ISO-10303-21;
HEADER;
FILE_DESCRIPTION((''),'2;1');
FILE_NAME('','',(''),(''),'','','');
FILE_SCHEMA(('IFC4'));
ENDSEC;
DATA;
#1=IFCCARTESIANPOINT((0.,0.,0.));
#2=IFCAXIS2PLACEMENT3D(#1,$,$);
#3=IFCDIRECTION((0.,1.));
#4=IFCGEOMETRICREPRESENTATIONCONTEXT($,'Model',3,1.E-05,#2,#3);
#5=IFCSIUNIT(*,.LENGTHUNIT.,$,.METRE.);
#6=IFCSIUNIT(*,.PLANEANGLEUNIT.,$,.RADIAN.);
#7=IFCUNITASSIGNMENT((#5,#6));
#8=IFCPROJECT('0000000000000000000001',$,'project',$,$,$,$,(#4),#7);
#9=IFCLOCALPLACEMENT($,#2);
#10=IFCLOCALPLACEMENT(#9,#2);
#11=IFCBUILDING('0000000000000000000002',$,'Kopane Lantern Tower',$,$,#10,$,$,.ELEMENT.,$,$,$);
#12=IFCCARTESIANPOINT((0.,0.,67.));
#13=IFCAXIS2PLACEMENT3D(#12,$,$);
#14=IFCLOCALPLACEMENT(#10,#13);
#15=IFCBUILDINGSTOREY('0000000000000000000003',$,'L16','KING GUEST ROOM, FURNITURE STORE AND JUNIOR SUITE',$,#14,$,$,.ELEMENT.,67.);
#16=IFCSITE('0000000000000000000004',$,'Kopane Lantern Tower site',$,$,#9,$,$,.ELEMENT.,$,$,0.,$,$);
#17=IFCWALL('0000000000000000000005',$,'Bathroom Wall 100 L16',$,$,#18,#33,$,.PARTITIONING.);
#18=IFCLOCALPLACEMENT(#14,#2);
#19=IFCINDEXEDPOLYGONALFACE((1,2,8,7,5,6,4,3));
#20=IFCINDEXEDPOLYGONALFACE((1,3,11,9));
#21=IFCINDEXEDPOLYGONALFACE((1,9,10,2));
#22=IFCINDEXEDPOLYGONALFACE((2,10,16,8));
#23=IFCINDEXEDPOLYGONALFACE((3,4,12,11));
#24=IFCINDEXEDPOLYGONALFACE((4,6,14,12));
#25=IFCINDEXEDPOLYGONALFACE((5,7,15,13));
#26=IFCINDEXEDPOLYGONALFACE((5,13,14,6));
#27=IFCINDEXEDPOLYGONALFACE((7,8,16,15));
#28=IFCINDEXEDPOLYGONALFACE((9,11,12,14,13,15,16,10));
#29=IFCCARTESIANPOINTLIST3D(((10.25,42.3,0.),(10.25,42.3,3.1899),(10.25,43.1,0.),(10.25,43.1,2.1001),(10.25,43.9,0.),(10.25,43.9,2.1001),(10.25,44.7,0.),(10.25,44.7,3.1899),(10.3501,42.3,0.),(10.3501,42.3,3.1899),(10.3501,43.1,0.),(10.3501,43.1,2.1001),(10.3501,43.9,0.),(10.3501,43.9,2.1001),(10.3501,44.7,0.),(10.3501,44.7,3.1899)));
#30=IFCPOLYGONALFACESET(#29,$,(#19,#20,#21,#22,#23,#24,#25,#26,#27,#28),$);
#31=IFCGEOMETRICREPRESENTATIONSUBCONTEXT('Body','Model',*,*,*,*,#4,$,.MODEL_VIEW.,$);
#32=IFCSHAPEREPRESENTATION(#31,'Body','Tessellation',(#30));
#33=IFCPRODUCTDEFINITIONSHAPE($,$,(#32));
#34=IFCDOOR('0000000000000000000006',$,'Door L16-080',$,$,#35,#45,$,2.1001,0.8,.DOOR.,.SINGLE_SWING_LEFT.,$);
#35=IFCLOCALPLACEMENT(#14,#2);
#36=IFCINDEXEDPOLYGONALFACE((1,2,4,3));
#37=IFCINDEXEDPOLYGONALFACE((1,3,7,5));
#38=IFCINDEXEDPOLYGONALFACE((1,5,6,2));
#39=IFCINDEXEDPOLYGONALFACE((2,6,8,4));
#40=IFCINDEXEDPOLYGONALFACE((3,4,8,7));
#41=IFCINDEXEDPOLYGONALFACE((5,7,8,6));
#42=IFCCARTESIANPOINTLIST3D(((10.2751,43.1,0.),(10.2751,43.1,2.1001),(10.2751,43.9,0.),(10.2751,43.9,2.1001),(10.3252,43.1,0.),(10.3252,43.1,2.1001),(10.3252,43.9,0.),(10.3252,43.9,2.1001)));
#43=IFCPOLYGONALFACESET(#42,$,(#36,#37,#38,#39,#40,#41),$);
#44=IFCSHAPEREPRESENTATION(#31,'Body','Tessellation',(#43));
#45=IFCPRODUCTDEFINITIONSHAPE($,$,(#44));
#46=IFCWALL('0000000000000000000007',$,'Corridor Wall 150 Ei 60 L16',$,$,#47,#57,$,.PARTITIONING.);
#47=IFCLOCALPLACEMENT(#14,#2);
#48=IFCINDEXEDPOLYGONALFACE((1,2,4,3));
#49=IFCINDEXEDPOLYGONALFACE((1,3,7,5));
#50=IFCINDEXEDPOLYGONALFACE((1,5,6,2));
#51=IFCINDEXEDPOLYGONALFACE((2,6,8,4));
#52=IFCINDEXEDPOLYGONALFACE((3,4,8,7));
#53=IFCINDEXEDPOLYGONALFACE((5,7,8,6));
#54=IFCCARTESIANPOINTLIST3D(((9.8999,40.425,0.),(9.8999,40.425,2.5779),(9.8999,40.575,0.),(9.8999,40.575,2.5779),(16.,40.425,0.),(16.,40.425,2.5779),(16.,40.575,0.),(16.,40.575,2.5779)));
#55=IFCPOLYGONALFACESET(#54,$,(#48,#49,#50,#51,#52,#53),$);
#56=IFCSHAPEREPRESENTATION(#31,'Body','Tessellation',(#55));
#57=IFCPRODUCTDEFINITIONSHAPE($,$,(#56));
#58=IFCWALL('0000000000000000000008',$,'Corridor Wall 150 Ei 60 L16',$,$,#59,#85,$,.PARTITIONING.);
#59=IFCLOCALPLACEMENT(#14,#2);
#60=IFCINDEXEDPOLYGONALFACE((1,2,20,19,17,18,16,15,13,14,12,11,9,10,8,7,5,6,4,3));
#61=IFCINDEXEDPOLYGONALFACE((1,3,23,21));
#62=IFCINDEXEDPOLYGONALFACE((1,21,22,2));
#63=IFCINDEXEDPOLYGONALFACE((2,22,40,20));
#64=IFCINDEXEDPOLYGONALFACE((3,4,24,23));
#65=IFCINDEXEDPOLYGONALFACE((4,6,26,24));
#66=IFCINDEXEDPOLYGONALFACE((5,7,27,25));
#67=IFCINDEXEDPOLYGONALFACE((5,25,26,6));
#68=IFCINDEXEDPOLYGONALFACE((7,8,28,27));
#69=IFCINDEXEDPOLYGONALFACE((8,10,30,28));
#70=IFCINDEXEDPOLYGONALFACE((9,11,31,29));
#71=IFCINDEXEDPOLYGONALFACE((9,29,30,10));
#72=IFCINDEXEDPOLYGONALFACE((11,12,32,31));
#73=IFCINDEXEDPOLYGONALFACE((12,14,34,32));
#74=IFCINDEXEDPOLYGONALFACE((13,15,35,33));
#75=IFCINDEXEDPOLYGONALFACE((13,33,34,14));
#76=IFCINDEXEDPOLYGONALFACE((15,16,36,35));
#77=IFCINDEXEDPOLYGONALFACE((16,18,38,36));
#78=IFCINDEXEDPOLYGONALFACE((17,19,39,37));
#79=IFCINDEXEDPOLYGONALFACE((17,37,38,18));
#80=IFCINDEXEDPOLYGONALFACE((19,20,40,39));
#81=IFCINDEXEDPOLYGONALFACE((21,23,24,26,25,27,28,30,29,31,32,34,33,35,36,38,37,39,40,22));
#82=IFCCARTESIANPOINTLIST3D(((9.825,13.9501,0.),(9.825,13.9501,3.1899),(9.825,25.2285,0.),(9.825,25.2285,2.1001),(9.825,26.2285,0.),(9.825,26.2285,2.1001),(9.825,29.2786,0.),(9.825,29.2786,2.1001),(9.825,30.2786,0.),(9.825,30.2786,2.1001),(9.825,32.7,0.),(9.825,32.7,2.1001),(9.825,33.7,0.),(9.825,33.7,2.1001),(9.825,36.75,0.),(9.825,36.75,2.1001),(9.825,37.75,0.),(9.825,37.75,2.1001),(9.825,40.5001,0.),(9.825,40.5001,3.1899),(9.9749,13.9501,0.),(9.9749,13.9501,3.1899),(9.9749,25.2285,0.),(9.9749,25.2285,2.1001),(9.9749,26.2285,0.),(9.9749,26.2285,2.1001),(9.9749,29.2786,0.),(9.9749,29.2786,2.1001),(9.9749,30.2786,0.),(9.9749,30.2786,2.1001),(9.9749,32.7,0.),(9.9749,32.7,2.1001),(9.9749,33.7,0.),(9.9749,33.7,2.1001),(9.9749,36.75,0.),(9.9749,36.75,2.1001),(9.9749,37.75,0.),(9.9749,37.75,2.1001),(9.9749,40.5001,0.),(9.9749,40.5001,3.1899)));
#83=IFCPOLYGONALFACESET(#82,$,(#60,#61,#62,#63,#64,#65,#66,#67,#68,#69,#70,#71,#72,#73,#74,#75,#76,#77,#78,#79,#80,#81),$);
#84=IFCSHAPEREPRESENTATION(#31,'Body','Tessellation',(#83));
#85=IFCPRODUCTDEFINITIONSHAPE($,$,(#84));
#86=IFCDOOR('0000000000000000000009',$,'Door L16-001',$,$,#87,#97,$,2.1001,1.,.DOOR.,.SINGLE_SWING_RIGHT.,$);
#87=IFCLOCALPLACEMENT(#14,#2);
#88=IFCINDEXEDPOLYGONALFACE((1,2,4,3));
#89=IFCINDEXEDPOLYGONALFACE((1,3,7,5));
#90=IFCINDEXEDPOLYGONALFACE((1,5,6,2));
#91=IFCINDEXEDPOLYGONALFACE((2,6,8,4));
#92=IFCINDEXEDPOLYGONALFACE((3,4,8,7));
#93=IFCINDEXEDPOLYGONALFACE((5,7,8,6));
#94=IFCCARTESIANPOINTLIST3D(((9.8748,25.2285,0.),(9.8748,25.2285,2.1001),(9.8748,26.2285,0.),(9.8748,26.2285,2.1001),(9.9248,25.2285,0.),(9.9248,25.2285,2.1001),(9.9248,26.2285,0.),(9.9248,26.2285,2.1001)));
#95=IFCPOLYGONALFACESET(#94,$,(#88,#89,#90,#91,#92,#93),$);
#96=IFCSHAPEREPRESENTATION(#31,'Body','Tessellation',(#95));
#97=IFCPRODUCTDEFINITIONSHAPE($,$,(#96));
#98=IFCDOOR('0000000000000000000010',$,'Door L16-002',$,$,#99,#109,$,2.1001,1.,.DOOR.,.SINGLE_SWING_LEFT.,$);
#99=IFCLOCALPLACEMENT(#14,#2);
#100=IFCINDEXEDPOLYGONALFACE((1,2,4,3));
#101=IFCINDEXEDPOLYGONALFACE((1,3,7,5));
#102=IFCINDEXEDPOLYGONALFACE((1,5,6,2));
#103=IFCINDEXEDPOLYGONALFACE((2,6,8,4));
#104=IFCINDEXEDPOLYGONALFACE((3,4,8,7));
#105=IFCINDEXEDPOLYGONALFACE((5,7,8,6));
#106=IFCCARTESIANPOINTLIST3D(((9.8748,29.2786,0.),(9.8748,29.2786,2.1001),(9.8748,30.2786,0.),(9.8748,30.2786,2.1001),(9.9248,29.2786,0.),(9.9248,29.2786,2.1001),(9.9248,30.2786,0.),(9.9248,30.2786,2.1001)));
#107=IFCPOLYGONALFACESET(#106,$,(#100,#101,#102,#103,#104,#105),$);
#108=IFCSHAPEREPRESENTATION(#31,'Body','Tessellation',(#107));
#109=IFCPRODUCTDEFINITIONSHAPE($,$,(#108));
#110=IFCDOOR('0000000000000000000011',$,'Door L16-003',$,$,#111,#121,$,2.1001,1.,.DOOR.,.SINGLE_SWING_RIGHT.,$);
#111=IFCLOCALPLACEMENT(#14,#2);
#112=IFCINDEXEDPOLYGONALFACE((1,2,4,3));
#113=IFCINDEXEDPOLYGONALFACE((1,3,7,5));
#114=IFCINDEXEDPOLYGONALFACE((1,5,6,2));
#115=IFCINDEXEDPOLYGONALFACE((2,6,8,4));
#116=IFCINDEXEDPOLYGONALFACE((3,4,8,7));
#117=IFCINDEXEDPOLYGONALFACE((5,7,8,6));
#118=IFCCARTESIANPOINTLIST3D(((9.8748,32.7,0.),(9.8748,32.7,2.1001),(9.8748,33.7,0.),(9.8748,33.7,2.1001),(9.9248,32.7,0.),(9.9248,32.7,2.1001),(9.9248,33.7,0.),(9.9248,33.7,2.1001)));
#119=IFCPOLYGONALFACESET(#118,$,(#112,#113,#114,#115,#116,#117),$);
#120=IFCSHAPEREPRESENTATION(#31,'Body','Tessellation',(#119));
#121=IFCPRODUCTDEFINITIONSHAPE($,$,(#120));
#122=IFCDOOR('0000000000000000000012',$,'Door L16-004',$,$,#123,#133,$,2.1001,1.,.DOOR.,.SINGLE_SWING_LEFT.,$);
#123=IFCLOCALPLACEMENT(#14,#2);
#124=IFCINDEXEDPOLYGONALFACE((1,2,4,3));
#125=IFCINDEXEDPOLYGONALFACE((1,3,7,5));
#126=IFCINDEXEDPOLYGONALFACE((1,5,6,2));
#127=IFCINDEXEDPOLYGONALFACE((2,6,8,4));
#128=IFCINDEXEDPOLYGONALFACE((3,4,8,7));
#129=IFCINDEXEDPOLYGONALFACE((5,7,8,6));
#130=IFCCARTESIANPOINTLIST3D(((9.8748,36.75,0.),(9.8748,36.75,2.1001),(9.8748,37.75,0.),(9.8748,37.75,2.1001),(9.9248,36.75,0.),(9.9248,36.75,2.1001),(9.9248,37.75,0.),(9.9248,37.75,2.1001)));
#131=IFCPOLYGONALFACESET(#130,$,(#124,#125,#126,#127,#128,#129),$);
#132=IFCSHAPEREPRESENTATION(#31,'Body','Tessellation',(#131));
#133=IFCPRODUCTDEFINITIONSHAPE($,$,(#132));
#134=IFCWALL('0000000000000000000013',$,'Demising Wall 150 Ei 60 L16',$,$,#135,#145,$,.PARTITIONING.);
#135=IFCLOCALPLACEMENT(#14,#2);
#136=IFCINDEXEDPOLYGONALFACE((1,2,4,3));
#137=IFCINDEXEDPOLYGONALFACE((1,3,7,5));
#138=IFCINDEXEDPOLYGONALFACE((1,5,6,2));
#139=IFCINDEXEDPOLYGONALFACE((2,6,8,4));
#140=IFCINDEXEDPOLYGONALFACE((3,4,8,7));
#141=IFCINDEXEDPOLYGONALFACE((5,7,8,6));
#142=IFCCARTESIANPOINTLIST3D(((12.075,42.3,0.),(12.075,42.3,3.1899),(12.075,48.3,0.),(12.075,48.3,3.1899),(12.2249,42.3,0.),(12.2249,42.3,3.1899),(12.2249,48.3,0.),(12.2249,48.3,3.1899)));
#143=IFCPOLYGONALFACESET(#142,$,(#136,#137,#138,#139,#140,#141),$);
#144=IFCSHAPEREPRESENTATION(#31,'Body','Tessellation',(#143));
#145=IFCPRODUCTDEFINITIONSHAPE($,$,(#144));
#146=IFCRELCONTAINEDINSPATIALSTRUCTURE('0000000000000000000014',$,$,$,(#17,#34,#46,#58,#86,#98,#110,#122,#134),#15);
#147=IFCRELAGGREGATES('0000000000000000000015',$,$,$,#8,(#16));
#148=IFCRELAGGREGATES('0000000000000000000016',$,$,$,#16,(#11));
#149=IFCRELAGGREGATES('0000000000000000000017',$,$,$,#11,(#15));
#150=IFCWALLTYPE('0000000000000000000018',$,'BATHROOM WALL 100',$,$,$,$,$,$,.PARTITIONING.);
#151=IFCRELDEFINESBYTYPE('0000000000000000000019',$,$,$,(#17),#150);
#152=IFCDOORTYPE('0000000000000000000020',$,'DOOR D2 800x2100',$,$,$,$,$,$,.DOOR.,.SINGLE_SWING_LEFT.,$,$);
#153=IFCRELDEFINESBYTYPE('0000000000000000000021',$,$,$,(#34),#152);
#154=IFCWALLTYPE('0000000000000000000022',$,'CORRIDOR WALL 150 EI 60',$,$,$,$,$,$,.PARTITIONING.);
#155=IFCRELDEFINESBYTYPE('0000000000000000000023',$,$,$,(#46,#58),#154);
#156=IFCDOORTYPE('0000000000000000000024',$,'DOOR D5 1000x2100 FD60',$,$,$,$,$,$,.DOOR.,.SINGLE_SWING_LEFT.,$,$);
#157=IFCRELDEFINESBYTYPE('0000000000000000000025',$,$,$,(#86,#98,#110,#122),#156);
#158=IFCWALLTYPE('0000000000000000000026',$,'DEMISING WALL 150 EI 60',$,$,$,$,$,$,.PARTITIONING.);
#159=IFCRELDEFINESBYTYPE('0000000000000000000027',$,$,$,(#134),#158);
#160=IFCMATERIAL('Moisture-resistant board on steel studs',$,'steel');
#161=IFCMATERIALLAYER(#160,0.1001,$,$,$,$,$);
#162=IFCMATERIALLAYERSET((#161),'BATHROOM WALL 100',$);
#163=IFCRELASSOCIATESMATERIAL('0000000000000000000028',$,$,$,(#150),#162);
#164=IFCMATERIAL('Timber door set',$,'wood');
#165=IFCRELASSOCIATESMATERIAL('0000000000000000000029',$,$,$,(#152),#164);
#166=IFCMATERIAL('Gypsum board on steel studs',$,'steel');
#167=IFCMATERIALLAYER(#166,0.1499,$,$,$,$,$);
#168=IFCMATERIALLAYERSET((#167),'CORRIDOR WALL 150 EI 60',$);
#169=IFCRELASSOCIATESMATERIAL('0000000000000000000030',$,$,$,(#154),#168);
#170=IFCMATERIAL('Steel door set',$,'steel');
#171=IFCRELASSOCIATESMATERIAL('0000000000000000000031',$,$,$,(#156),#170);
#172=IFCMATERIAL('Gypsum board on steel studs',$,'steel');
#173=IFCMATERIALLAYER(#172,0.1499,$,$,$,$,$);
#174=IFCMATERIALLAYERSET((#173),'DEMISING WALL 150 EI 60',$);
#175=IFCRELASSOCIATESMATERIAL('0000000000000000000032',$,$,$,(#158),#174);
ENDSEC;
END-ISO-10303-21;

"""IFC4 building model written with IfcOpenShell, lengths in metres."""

from ifc_helpers import new_model, si_unit, direction, frame, frame_2d, origin, place, context, subcontext, project, spatial, rectangle, extrude, material, layer, layer_set, type_object, element, fill, save


model = new_model("IFC4")

# Units and contexts
model_context = context("Model", 3, precision=1e-05, world=origin(), true_north=direction((0.0, 1.0)))
body_context = subcontext(model_context, "Body", "Model", "MODEL_VIEW")
ifc_project = project(units=[si_unit("LENGTHUNIT", "METRE"), si_unit("PLANEANGLEUNIT", "RADIAN")], contexts=[model_context])

# Site, building, storey
site_placement = place(None, origin())
site = spatial("IfcSite", under=ifc_project, at=site_placement, Name="Kopane Lantern Tower site", CompositionType="ELEMENT", RefElevation=0.0)
building_placement = place(site_placement, origin())
building = spatial("IfcBuilding", under=site, at=building_placement, Name="Kopane Lantern Tower", CompositionType="ELEMENT")
storey_placement = place(building_placement, frame((0.0, 0.0, 67.0)))
storey = spatial("IfcBuildingStorey", under=building, at=storey_placement, Name="L16", Description="KING GUEST ROOM, FURNITURE STORE AND JUNIOR SUITE", CompositionType="ELEMENT", Elevation=67.0)

# Shared definitions
ifc_material_1 = material(Name="Moisture-resistant board on steel studs", Category="steel")
ifc_layer_1 = layer(ifc_material_1, 0.1001)
ifc_layer_set_1 = layer_set([ifc_layer_1], Name="BATHROOM WALL 100")
wall_type_1 = type_object("IfcWallType", Name="BATHROOM WALL 100", PredefinedType="PARTITIONING", material=ifc_layer_set_1)
ifc_material_2 = material(Name="Timber door set", Category="wood")
door_type_1 = type_object("IfcDoorType", Name="DOOR D2 800x2100", OperationType="SINGLE_SWING_LEFT", PredefinedType="DOOR", material=ifc_material_2)

# Wall, opening, door
wall_1_placement = place(storey_placement, frame((10.3, 42.3, 0.0), z_axis=(0.0, 0.0, 1.0), x_axis=(0.0, 1.0, 0.0)))
wall_1 = element("IfcWall", 1, at=wall_1_placement, inside=storey, type_object=wall_type_1, Name="Bathroom Wall 100 L16", PredefinedType="PARTITIONING", context=body_context, shape_type="SweptSolid", body=[
    extrude(rectangle(XDim=2.3999, YDim=0.1001, at=frame_2d((1.2, 0.0))), origin(), (0.0, 0.0, 1.0), 3.1899),
])
opening_1_placement = place(wall_1_placement, frame((0.8, 0.0, 0.0)))
opening_1 = element("IfcOpeningElement", 2, at=opening_1_placement, cuts=wall_1, PredefinedType="OPENING", context=body_context, shape_type="SweptSolid", body=[
    extrude(rectangle(XDim=0.8, YDim=2.1001, at=frame_2d((0.3999, 1.05))), frame((0.0, 0.0601, 0.0), z_axis=(0.0, -1.0, 0.0), x_axis=(1.0, 0.0, 0.0)), (0.0, 0.0, 1.0), 0.1201),
])
door_1_placement = place(opening_1_placement, origin())
door_1 = element("IfcDoor", 3, at=door_1_placement, inside=storey, type_object=door_type_1, Name="Door L16-080", OperationType="SINGLE_SWING_LEFT", OverallHeight=2.1001, OverallWidth=0.8, PredefinedType="DOOR", context=body_context, shape_type="SweptSolid", body=[
    extrude(rectangle(XDim=0.8, YDim=2.1001, at=frame_2d((0.3999, 1.05))), frame((0.0, 0.0249, 0.0), z_axis=(0.0, -1.0, 0.0), x_axis=(1.0, 0.0, 0.0)), (0.0, 0.0, 1.0), 0.05),
])
fill(opening_1, door_1)

# Wall
ifc_material_3 = material(Name="Gypsum board on steel studs", Category="steel")
ifc_layer_2 = layer(ifc_material_3, 0.1499)
ifc_layer_set_2 = layer_set([ifc_layer_2], Name="CORRIDOR WALL 150 EI 60")
wall_type_2 = type_object("IfcWallType", Name="CORRIDOR WALL 150 EI 60", PredefinedType="PARTITIONING", material=ifc_layer_set_2)
wall_2_placement = place(storey_placement, frame((16.0, 40.5, 0.0), z_axis=(0.0, 0.0, 1.0), x_axis=(-1.0, 0.0, 0.0)))
element("IfcWall", 4, at=wall_2_placement, inside=storey, type_object=wall_type_2, Name="Corridor Wall 150 Ei 60 L16", PredefinedType="PARTITIONING", context=body_context, shape_type="SweptSolid", body=[
    extrude(rectangle(XDim=6.1001, YDim=0.1499, at=frame_2d((3.05, 0.0))), origin(), (0.0, 0.0, 1.0), 2.5779),
])

# Wall, openings, doors
wall_3_placement = place(storey_placement, frame((9.8999, 40.5, 0.0), z_axis=(0.0, 0.0, 1.0), x_axis=(0.0, -1.0, 0.0)))
wall_3 = element("IfcWall", 5, at=wall_3_placement, inside=storey, type_object=wall_type_2, Name="Corridor Wall 150 Ei 60 L16", PredefinedType="PARTITIONING", context=body_context, shape_type="SweptSolid", body=[
    extrude(rectangle(XDim=26.55, YDim=0.1499, at=frame_2d((13.2749, 0.0))), origin(), (0.0, 0.0, 1.0), 3.1899),
])
opening_2_placement = place(wall_3_placement, frame((14.2715, 0.0, 0.0)))
opening_2 = element("IfcOpeningElement", 6, at=opening_2_placement, cuts=wall_3, PredefinedType="OPENING", context=body_context, shape_type="SweptSolid", body=[
    extrude(rectangle(XDim=1.0, YDim=2.1001, at=frame_2d((0.5, 1.05))), frame((0.0, 0.085, 0.0), z_axis=(0.0, -1.0, 0.0), x_axis=(1.0, 0.0, 0.0)), (0.0, 0.0, 1.0), 0.1699),
])
opening_3_placement = place(wall_3_placement, frame((10.2214, 0.0, 0.0)))
opening_3 = element("IfcOpeningElement", 7, at=opening_3_placement, cuts=wall_3, PredefinedType="OPENING", context=body_context, shape_type="SweptSolid", body=[
    extrude(rectangle(XDim=1.0, YDim=2.1001, at=frame_2d((0.5, 1.05))), frame((0.0, 0.085, 0.0), z_axis=(0.0, -1.0, 0.0), x_axis=(1.0, 0.0, 0.0)), (0.0, 0.0, 1.0), 0.1699),
])
opening_4_placement = place(wall_3_placement, frame((6.8, 0.0, 0.0)))
opening_4 = element("IfcOpeningElement", 8, at=opening_4_placement, cuts=wall_3, PredefinedType="OPENING", context=body_context, shape_type="SweptSolid", body=[
    extrude(rectangle(XDim=1.0, YDim=2.1001, at=frame_2d((0.5, 1.05))), frame((0.0, 0.085, 0.0), z_axis=(0.0, -1.0, 0.0), x_axis=(1.0, 0.0, 0.0)), (0.0, 0.0, 1.0), 0.1699),
])
opening_5_placement = place(wall_3_placement, frame((2.75, 0.0, 0.0)))
opening_5 = element("IfcOpeningElement", 9, at=opening_5_placement, cuts=wall_3, PredefinedType="OPENING", context=body_context, shape_type="SweptSolid", body=[
    extrude(rectangle(XDim=1.0, YDim=2.1001, at=frame_2d((0.5, 1.05))), frame((0.0, 0.085, 0.0), z_axis=(0.0, -1.0, 0.0), x_axis=(1.0, 0.0, 0.0)), (0.0, 0.0, 1.0), 0.1699),
])
ifc_material_4 = material(Name="Steel door set", Category="steel")
door_type_2 = type_object("IfcDoorType", Name="DOOR D5 1000x2100 FD60", OperationType="SINGLE_SWING_LEFT", PredefinedType="DOOR", material=ifc_material_4)
door_2_placement = place(opening_2_placement, origin())
door_2 = element("IfcDoor", 10, at=door_2_placement, inside=storey, type_object=door_type_2, Name="Door L16-001", OperationType="SINGLE_SWING_RIGHT", OverallHeight=2.1001, OverallWidth=1.0, PredefinedType="DOOR", context=body_context, shape_type="SweptSolid", body=[
    extrude(rectangle(XDim=1.0, YDim=2.1001, at=frame_2d((0.5, 1.05))), frame((0.0, 0.0249, 0.0), z_axis=(0.0, -1.0, 0.0), x_axis=(1.0, 0.0, 0.0)), (0.0, 0.0, 1.0), 0.05),
])
fill(opening_2, door_2)
door_3_placement = place(opening_3_placement, origin())
door_3 = element("IfcDoor", 11, at=door_3_placement, inside=storey, type_object=door_type_2, Name="Door L16-002", OperationType="SINGLE_SWING_LEFT", OverallHeight=2.1001, OverallWidth=1.0, PredefinedType="DOOR", context=body_context, shape_type="SweptSolid", body=[
    extrude(rectangle(XDim=1.0, YDim=2.1001, at=frame_2d((0.5, 1.05))), frame((0.0, 0.0249, 0.0), z_axis=(0.0, -1.0, 0.0), x_axis=(1.0, 0.0, 0.0)), (0.0, 0.0, 1.0), 0.05),
])
fill(opening_3, door_3)
door_4_placement = place(opening_4_placement, origin())
door_4 = element("IfcDoor", 12, at=door_4_placement, inside=storey, type_object=door_type_2, Name="Door L16-003", OperationType="SINGLE_SWING_RIGHT", OverallHeight=2.1001, OverallWidth=1.0, PredefinedType="DOOR", context=body_context, shape_type="SweptSolid", body=[
    extrude(rectangle(XDim=1.0, YDim=2.1001, at=frame_2d((0.5, 1.05))), frame((0.0, 0.0249, 0.0), z_axis=(0.0, -1.0, 0.0), x_axis=(1.0, 0.0, 0.0)), (0.0, 0.0, 1.0), 0.05),
])
fill(opening_4, door_4)
door_5_placement = place(opening_5_placement, origin())
door_5 = element("IfcDoor", 13, at=door_5_placement, inside=storey, type_object=door_type_2, Name="Door L16-004", OperationType="SINGLE_SWING_LEFT", OverallHeight=2.1001, OverallWidth=1.0, PredefinedType="DOOR", context=body_context, shape_type="SweptSolid", body=[
    extrude(rectangle(XDim=1.0, YDim=2.1001, at=frame_2d((0.5, 1.05))), frame((0.0, 0.0249, 0.0), z_axis=(0.0, -1.0, 0.0), x_axis=(1.0, 0.0, 0.0)), (0.0, 0.0, 1.0), 0.05),
])
fill(opening_5, door_5)

# Wall
ifc_material_5 = material(Name="Gypsum board on steel studs", Category="steel")
ifc_layer_3 = layer(ifc_material_5, 0.1499)
ifc_layer_set_3 = layer_set([ifc_layer_3], Name="DEMISING WALL 150 EI 60")
wall_type_3 = type_object("IfcWallType", Name="DEMISING WALL 150 EI 60", PredefinedType="PARTITIONING", material=ifc_layer_set_3)
wall_4_placement = place(storey_placement, frame((12.1499, 42.3, 0.0), z_axis=(0.0, 0.0, 1.0), x_axis=(0.0, 1.0, 0.0)))
element("IfcWall", 14, at=wall_4_placement, inside=storey, type_object=wall_type_3, Name="Demising Wall 150 Ei 60 L16", PredefinedType="PARTITIONING", context=body_context, shape_type="SweptSolid", body=[
    extrude(rectangle(XDim=6.0, YDim=0.1499, at=frame_2d((3.0, 0.0))), origin(), (0.0, 0.0, 1.0), 3.1899),
])

save(model, "model.ifc")
